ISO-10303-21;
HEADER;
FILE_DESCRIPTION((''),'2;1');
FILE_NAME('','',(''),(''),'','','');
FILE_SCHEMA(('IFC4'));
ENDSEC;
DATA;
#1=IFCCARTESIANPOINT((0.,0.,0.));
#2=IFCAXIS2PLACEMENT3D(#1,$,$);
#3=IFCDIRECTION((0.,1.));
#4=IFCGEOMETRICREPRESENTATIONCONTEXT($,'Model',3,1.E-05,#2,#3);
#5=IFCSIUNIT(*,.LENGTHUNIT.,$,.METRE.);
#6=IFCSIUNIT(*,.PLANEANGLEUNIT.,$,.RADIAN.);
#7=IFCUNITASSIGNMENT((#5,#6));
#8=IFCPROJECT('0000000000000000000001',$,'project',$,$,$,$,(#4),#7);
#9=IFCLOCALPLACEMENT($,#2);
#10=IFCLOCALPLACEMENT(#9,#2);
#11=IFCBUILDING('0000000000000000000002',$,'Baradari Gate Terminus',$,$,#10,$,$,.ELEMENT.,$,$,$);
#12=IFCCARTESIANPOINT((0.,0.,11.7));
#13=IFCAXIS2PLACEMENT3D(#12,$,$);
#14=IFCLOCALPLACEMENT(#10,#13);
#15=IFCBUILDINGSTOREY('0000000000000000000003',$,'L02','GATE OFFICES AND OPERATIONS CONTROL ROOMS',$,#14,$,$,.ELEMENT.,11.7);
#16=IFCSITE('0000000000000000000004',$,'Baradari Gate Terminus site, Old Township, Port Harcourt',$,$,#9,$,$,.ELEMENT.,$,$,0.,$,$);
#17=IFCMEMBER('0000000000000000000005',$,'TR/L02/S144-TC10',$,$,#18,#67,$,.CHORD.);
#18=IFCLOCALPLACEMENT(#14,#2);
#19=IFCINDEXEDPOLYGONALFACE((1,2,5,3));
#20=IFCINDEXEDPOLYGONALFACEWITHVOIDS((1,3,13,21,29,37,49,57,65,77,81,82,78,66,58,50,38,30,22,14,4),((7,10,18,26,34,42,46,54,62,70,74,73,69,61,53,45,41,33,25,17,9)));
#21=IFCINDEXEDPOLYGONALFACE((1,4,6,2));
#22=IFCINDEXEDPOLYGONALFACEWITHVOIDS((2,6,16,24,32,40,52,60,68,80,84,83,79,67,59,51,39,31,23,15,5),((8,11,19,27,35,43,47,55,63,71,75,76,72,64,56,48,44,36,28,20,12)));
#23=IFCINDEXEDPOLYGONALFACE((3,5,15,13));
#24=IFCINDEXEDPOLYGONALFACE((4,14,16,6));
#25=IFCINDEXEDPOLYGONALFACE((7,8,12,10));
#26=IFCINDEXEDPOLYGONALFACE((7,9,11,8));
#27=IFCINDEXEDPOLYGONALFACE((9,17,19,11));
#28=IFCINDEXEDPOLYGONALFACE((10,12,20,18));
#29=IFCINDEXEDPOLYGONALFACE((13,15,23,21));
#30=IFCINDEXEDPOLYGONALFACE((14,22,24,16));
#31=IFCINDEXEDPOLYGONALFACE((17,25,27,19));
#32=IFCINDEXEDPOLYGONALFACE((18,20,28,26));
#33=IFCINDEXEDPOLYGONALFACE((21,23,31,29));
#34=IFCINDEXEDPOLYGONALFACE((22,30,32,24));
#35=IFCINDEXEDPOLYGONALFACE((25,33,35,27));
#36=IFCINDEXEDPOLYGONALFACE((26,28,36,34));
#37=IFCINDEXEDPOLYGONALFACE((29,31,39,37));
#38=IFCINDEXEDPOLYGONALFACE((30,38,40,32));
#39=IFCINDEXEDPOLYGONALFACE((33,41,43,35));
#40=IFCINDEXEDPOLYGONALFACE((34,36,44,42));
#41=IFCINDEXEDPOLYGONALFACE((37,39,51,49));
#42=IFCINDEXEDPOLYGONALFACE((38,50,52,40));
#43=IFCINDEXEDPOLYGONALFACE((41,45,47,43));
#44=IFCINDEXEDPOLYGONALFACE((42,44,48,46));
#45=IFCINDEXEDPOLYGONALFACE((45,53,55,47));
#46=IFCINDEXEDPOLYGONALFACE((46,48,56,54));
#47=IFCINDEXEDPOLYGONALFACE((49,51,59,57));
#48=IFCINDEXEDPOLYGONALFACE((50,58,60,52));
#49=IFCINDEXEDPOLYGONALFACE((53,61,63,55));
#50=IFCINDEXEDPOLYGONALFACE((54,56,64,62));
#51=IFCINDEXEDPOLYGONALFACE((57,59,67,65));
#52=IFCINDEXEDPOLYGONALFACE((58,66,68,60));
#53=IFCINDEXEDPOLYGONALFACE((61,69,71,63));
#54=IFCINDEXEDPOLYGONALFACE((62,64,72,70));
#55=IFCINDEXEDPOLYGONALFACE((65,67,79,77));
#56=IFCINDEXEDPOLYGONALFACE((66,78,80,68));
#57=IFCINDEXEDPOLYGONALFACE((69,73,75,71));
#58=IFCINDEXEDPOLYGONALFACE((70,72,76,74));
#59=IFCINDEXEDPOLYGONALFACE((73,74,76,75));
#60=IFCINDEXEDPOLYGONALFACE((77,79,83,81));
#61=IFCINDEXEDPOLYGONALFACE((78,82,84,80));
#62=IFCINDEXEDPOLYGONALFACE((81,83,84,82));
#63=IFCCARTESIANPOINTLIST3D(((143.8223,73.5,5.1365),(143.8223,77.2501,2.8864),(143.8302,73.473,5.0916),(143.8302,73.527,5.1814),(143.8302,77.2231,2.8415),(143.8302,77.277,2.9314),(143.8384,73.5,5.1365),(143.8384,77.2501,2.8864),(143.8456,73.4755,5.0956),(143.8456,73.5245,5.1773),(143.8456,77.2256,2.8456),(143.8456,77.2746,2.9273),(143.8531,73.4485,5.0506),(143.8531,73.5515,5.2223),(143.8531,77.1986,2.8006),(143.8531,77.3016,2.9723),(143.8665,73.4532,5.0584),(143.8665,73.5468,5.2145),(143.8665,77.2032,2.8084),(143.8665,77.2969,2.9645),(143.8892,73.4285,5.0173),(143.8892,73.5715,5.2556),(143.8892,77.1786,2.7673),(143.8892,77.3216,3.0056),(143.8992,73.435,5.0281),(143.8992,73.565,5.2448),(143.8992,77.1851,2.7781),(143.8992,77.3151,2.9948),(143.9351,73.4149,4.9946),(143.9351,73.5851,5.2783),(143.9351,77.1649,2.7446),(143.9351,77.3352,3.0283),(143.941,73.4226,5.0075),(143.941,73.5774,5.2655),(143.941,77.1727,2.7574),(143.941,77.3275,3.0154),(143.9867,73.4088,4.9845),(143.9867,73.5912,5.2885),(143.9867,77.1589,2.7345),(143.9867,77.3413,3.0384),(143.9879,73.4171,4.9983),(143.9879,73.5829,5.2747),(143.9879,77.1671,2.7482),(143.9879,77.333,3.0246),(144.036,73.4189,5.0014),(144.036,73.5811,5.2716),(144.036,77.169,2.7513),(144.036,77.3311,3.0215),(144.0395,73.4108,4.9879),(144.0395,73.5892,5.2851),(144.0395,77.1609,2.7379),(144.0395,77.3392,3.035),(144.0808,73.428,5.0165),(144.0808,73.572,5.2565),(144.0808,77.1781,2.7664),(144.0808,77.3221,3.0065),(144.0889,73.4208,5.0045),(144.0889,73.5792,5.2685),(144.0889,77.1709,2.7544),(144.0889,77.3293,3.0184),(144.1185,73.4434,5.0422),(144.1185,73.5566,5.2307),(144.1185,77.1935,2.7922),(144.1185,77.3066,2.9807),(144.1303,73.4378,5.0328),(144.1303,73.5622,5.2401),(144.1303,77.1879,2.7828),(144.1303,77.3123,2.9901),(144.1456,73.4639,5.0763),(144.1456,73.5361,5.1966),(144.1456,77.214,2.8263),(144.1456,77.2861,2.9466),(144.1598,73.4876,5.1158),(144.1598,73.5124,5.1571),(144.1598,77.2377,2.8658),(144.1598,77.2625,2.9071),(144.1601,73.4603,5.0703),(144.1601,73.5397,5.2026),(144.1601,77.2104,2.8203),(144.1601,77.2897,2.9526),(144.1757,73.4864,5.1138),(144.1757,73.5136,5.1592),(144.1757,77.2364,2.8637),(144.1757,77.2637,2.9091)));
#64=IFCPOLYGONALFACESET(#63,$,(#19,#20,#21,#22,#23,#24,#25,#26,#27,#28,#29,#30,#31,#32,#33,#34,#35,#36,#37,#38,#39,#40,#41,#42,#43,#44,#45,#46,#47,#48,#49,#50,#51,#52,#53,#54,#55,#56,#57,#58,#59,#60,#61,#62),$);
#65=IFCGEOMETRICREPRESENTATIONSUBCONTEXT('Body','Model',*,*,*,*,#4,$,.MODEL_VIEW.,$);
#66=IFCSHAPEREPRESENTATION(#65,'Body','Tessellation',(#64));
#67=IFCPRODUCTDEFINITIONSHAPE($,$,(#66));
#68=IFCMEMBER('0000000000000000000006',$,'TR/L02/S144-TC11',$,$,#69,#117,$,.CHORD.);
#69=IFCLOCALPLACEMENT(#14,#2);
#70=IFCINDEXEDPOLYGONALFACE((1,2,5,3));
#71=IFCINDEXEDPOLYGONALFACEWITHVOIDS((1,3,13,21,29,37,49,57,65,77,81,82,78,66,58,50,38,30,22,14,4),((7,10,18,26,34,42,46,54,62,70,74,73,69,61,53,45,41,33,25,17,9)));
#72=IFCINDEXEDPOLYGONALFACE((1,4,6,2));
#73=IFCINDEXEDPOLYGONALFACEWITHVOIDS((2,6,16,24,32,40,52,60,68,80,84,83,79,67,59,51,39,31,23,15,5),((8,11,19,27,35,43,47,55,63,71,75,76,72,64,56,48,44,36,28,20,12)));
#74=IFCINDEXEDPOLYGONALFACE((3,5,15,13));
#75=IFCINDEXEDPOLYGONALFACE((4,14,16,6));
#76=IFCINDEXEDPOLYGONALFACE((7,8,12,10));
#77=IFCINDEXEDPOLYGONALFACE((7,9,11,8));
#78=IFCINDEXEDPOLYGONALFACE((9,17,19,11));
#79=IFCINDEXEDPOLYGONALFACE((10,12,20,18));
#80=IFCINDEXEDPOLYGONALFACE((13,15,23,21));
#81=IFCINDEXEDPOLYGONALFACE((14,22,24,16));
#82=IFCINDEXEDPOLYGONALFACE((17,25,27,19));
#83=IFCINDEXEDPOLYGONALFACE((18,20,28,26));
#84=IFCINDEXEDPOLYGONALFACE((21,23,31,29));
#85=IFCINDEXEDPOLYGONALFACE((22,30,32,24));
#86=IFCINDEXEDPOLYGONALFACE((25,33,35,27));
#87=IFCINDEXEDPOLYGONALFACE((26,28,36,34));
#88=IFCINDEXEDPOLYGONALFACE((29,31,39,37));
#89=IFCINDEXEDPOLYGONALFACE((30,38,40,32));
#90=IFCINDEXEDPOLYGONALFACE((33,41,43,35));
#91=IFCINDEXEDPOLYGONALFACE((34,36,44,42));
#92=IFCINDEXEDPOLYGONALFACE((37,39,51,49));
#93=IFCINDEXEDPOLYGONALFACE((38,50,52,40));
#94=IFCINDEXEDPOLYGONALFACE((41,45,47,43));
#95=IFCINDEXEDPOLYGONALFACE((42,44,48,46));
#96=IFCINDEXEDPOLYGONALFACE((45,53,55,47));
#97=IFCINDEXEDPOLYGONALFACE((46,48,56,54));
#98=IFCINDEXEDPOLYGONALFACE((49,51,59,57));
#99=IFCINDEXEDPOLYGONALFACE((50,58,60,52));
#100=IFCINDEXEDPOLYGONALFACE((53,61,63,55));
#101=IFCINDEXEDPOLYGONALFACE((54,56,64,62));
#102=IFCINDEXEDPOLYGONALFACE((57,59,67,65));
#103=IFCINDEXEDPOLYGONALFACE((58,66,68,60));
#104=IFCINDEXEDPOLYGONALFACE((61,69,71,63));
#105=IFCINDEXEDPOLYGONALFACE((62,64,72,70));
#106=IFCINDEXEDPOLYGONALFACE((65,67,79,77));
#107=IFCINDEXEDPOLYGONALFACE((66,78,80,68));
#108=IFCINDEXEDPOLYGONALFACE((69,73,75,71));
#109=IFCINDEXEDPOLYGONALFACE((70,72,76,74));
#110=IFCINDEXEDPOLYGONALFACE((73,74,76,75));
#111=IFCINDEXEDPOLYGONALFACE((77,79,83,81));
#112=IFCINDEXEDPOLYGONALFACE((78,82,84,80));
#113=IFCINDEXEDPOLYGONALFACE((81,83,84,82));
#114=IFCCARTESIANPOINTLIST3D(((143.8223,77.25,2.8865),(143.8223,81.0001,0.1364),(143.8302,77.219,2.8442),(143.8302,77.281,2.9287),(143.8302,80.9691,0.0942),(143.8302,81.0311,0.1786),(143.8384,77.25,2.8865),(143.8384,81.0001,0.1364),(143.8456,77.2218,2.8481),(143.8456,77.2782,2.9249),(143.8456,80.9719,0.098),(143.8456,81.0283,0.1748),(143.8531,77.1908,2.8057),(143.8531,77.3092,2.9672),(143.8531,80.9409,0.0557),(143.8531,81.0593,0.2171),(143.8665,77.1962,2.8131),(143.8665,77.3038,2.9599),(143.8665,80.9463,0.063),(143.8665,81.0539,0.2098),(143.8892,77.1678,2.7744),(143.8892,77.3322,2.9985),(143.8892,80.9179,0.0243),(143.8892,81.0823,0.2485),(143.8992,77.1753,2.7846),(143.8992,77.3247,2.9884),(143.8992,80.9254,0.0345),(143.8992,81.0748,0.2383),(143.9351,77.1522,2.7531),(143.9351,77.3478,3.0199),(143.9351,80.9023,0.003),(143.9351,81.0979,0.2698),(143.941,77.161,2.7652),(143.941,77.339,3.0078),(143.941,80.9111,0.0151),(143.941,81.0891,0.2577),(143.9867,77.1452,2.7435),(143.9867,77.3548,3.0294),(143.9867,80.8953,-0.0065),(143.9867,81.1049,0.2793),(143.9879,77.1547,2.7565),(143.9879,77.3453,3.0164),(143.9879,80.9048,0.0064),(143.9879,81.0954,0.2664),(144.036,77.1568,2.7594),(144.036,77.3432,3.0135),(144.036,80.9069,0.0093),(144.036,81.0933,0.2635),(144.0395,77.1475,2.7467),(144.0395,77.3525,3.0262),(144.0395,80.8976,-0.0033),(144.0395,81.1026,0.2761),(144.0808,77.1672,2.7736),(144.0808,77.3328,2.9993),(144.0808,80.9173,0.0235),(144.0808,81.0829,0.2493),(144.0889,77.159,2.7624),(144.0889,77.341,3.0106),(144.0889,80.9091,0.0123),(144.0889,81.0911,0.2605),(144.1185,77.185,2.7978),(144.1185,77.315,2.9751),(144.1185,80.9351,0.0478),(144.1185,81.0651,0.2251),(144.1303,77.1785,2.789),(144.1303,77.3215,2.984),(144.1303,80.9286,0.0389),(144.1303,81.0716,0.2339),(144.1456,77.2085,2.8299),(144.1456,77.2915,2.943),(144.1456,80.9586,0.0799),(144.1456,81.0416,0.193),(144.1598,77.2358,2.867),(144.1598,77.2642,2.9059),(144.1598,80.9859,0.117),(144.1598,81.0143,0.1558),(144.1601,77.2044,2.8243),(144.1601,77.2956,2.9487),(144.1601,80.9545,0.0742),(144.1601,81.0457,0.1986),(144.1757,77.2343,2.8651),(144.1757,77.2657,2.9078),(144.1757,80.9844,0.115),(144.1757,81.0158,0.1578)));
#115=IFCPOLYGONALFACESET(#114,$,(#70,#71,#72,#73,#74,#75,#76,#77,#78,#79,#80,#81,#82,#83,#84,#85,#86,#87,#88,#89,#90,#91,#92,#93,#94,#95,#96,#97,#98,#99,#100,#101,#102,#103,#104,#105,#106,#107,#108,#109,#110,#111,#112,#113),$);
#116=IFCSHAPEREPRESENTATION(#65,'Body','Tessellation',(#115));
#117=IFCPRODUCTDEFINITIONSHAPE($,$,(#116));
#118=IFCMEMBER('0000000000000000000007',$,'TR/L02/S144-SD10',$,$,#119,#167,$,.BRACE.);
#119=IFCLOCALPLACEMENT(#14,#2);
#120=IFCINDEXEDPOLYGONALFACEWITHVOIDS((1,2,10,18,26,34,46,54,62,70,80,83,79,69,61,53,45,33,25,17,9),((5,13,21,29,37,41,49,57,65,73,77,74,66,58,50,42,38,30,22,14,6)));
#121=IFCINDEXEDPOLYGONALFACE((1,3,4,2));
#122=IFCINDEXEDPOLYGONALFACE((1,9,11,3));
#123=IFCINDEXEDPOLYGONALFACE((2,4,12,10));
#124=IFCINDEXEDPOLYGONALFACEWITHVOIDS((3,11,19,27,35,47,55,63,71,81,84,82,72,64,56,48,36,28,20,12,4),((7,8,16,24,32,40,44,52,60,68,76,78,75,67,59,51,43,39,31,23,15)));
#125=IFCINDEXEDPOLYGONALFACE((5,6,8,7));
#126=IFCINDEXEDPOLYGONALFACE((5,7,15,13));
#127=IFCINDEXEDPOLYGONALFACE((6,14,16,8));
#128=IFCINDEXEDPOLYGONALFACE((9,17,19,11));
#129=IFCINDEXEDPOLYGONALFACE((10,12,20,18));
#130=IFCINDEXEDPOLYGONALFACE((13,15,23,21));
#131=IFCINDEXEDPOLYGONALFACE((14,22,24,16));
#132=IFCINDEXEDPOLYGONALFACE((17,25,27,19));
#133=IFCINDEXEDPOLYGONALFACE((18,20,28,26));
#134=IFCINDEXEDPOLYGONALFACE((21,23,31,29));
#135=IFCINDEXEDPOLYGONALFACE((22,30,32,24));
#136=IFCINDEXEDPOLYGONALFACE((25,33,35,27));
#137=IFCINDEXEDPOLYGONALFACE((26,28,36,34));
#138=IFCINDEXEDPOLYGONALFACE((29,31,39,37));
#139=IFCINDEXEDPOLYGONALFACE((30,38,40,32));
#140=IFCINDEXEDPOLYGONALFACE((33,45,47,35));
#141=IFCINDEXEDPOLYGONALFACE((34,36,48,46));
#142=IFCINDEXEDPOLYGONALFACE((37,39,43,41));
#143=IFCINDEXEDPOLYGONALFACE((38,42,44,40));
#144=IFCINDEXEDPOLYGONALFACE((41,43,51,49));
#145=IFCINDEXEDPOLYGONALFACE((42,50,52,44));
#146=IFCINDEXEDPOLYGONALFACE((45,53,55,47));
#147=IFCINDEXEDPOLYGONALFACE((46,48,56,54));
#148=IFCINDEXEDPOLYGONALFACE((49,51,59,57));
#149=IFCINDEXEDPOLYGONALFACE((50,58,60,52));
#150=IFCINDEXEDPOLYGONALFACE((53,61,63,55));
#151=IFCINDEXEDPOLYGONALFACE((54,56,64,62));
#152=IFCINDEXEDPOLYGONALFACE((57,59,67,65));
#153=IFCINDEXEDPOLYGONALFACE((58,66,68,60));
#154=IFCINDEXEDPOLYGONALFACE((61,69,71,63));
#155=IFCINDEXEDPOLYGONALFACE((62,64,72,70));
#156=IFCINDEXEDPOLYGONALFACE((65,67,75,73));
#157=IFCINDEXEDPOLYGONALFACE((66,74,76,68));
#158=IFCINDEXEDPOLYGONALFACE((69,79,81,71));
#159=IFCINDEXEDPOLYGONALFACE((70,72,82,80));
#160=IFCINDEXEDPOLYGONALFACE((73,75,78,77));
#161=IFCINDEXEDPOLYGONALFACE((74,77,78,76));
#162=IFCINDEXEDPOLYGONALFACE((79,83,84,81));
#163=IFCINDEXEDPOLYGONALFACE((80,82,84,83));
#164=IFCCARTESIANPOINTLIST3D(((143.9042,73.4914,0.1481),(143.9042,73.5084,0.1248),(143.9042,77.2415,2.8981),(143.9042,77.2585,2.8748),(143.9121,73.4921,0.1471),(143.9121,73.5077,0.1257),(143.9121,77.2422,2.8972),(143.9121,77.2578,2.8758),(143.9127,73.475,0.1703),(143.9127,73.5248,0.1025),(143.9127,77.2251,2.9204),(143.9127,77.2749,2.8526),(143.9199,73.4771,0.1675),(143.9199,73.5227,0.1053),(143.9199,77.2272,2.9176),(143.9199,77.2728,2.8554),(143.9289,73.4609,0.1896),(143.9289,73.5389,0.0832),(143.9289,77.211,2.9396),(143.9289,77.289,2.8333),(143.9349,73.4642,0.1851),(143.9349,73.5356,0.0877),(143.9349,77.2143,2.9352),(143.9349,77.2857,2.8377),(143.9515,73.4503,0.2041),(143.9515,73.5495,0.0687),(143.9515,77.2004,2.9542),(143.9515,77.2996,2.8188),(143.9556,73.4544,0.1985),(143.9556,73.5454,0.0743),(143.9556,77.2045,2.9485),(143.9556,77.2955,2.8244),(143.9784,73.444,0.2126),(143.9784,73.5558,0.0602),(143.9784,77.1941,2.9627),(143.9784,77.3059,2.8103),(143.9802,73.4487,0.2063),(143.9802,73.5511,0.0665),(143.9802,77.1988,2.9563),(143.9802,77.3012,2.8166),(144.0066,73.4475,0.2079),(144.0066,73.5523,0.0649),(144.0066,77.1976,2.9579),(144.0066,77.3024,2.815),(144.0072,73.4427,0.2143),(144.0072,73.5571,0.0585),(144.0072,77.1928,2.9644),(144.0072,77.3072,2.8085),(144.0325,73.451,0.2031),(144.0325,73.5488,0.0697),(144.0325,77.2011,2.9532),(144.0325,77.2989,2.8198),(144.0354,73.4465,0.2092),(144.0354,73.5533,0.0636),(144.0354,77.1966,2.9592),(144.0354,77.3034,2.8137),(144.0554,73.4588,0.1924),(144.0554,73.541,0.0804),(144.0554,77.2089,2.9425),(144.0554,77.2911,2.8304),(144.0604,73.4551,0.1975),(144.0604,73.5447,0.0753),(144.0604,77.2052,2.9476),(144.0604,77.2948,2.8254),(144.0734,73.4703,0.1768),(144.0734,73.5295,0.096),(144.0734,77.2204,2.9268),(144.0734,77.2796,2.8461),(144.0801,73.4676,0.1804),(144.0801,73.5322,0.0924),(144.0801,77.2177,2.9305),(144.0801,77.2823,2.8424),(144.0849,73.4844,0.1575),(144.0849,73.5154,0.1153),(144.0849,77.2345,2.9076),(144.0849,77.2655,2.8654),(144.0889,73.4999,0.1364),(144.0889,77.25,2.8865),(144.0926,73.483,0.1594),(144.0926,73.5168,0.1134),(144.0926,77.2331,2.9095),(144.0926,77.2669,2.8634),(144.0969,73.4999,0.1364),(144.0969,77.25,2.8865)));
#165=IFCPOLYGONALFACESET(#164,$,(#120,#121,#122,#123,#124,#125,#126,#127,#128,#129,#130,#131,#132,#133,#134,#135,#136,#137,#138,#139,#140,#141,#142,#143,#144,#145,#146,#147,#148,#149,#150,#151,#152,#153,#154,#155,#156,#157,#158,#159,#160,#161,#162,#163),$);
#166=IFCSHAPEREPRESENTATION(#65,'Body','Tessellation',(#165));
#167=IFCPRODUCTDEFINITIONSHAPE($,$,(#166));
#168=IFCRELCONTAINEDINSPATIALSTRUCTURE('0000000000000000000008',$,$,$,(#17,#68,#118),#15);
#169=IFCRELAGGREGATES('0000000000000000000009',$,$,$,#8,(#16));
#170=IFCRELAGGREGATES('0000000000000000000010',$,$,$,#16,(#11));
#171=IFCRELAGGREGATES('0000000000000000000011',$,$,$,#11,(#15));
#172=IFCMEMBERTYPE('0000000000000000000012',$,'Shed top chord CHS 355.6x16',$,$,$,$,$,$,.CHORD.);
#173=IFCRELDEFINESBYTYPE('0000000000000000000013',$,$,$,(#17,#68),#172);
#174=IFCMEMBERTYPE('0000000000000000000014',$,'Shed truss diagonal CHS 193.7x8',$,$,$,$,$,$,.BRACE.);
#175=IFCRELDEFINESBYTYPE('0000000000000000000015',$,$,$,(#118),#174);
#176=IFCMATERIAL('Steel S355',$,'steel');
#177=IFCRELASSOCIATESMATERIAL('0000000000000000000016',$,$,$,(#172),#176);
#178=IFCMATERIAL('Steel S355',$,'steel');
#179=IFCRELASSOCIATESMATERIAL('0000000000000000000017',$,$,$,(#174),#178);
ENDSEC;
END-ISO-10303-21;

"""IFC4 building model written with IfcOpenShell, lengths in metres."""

from ifc_helpers import new_model, si_unit, direction, frame, origin, origin_2d, place, context, subcontext, project, spatial, hollow_circle, extrude, material, material_profile, profile_set, type_object, element, save


model = new_model("IFC4")

# Units and contexts
model_context = context("Model", 3, precision=1e-05, world=origin(), true_north=direction((0.0, 1.0)))
body_context = subcontext(model_context, "Body", "Model", "MODEL_VIEW")
ifc_project = project(units=[si_unit("LENGTHUNIT", "METRE"), si_unit("PLANEANGLEUNIT", "RADIAN")], contexts=[model_context])

# Site, building, storey
site_placement = place(None, origin())
site = spatial("IfcSite", under=ifc_project, at=site_placement, Name="Baradari Gate Terminus site, Old Township, Port Harcourt", CompositionType="ELEMENT", RefElevation=0.0)
building_placement = place(site_placement, origin())
building = spatial("IfcBuilding", under=site, at=building_placement, Name="Baradari Gate Terminus", CompositionType="ELEMENT")
storey_placement = place(building_placement, frame((0.0, 0.0, 11.7)))
storey = spatial("IfcBuildingStorey", under=building, at=storey_placement, Name="L02", Description="GATE OFFICES AND OPERATIONS CONTROL ROOMS", CompositionType="ELEMENT", Elevation=11.7)

# Members
ifc_material_1 = material(Name="Steel S355", Category="steel")
ifc_material_profile_1 = material_profile(ifc_material_1, hollow_circle(Radius=0.1777, WallThickness=0.0161, at=origin_2d()), Name="CHS 355.6x16")
ifc_profile_set_1 = profile_set([ifc_material_profile_1], Name="Steel S355")
member_type_1 = type_object("IfcMemberType", Name="Shed top chord CHS 355.6x16", PredefinedType="CHORD", material=ifc_profile_set_1)
member_1_placement = place(storey_placement, frame((144.0, 73.5, 5.1365), z_axis=(0.0, 0.857493, -0.514496), x_axis=(-1.0, 0.0, 0.0)))
element("IfcMember", 1, at=member_1_placement, inside=storey, type_object=member_type_1, Name="TR/L02/S144-TC10", PredefinedType="CHORD", context=body_context, shape_type="SweptSolid", body=[
    extrude(hollow_circle(Radius=0.1777, WallThickness=0.0161, at=origin_2d()), origin(), (0.0, 0.0, 1.0), 4.3733),
])
member_2_placement = place(storey_placement, frame((144.0, 77.25, 2.8865), z_axis=(0.0, 0.806405, -0.591364), x_axis=(-1.0, 0.0, 0.0)))
element("IfcMember", 2, at=member_2_placement, inside=storey, type_object=member_type_1, Name="TR/L02/S144-TC11", PredefinedType="CHORD", context=body_context, shape_type="SweptSolid", body=[
    extrude(hollow_circle(Radius=0.1777, WallThickness=0.0161, at=origin_2d()), origin(), (0.0, 0.0, 1.0), 4.6504),
])
ifc_material_2 = material(Name="Steel S355", Category="steel")
ifc_material_profile_2 = material_profile(ifc_material_2, hollow_circle(Radius=0.0969, WallThickness=0.0081, at=origin_2d()), Name="CHS 193.7x8")
ifc_profile_set_2 = profile_set([ifc_material_profile_2], Name="Steel S355")
member_type_2 = type_object("IfcMemberType", Name="Shed truss diagonal CHS 193.7x8", PredefinedType="BRACE", material=ifc_profile_set_2)
member_3_placement = place(storey_placement, frame((144.0, 77.25, 2.8865), z_axis=(0.0, -0.806405, -0.591364), x_axis=(1.0, 0.0, 0.0)))
element("IfcMember", 3, at=member_3_placement, inside=storey, type_object=member_type_2, Name="TR/L02/S144-SD10", PredefinedType="BRACE", context=body_context, shape_type="SweptSolid", body=[
    extrude(hollow_circle(Radius=0.0969, WallThickness=0.0081, at=origin_2d()), origin(), (0.0, 0.0, 1.0), 4.6504),
])

save(model, "model.ifc")
